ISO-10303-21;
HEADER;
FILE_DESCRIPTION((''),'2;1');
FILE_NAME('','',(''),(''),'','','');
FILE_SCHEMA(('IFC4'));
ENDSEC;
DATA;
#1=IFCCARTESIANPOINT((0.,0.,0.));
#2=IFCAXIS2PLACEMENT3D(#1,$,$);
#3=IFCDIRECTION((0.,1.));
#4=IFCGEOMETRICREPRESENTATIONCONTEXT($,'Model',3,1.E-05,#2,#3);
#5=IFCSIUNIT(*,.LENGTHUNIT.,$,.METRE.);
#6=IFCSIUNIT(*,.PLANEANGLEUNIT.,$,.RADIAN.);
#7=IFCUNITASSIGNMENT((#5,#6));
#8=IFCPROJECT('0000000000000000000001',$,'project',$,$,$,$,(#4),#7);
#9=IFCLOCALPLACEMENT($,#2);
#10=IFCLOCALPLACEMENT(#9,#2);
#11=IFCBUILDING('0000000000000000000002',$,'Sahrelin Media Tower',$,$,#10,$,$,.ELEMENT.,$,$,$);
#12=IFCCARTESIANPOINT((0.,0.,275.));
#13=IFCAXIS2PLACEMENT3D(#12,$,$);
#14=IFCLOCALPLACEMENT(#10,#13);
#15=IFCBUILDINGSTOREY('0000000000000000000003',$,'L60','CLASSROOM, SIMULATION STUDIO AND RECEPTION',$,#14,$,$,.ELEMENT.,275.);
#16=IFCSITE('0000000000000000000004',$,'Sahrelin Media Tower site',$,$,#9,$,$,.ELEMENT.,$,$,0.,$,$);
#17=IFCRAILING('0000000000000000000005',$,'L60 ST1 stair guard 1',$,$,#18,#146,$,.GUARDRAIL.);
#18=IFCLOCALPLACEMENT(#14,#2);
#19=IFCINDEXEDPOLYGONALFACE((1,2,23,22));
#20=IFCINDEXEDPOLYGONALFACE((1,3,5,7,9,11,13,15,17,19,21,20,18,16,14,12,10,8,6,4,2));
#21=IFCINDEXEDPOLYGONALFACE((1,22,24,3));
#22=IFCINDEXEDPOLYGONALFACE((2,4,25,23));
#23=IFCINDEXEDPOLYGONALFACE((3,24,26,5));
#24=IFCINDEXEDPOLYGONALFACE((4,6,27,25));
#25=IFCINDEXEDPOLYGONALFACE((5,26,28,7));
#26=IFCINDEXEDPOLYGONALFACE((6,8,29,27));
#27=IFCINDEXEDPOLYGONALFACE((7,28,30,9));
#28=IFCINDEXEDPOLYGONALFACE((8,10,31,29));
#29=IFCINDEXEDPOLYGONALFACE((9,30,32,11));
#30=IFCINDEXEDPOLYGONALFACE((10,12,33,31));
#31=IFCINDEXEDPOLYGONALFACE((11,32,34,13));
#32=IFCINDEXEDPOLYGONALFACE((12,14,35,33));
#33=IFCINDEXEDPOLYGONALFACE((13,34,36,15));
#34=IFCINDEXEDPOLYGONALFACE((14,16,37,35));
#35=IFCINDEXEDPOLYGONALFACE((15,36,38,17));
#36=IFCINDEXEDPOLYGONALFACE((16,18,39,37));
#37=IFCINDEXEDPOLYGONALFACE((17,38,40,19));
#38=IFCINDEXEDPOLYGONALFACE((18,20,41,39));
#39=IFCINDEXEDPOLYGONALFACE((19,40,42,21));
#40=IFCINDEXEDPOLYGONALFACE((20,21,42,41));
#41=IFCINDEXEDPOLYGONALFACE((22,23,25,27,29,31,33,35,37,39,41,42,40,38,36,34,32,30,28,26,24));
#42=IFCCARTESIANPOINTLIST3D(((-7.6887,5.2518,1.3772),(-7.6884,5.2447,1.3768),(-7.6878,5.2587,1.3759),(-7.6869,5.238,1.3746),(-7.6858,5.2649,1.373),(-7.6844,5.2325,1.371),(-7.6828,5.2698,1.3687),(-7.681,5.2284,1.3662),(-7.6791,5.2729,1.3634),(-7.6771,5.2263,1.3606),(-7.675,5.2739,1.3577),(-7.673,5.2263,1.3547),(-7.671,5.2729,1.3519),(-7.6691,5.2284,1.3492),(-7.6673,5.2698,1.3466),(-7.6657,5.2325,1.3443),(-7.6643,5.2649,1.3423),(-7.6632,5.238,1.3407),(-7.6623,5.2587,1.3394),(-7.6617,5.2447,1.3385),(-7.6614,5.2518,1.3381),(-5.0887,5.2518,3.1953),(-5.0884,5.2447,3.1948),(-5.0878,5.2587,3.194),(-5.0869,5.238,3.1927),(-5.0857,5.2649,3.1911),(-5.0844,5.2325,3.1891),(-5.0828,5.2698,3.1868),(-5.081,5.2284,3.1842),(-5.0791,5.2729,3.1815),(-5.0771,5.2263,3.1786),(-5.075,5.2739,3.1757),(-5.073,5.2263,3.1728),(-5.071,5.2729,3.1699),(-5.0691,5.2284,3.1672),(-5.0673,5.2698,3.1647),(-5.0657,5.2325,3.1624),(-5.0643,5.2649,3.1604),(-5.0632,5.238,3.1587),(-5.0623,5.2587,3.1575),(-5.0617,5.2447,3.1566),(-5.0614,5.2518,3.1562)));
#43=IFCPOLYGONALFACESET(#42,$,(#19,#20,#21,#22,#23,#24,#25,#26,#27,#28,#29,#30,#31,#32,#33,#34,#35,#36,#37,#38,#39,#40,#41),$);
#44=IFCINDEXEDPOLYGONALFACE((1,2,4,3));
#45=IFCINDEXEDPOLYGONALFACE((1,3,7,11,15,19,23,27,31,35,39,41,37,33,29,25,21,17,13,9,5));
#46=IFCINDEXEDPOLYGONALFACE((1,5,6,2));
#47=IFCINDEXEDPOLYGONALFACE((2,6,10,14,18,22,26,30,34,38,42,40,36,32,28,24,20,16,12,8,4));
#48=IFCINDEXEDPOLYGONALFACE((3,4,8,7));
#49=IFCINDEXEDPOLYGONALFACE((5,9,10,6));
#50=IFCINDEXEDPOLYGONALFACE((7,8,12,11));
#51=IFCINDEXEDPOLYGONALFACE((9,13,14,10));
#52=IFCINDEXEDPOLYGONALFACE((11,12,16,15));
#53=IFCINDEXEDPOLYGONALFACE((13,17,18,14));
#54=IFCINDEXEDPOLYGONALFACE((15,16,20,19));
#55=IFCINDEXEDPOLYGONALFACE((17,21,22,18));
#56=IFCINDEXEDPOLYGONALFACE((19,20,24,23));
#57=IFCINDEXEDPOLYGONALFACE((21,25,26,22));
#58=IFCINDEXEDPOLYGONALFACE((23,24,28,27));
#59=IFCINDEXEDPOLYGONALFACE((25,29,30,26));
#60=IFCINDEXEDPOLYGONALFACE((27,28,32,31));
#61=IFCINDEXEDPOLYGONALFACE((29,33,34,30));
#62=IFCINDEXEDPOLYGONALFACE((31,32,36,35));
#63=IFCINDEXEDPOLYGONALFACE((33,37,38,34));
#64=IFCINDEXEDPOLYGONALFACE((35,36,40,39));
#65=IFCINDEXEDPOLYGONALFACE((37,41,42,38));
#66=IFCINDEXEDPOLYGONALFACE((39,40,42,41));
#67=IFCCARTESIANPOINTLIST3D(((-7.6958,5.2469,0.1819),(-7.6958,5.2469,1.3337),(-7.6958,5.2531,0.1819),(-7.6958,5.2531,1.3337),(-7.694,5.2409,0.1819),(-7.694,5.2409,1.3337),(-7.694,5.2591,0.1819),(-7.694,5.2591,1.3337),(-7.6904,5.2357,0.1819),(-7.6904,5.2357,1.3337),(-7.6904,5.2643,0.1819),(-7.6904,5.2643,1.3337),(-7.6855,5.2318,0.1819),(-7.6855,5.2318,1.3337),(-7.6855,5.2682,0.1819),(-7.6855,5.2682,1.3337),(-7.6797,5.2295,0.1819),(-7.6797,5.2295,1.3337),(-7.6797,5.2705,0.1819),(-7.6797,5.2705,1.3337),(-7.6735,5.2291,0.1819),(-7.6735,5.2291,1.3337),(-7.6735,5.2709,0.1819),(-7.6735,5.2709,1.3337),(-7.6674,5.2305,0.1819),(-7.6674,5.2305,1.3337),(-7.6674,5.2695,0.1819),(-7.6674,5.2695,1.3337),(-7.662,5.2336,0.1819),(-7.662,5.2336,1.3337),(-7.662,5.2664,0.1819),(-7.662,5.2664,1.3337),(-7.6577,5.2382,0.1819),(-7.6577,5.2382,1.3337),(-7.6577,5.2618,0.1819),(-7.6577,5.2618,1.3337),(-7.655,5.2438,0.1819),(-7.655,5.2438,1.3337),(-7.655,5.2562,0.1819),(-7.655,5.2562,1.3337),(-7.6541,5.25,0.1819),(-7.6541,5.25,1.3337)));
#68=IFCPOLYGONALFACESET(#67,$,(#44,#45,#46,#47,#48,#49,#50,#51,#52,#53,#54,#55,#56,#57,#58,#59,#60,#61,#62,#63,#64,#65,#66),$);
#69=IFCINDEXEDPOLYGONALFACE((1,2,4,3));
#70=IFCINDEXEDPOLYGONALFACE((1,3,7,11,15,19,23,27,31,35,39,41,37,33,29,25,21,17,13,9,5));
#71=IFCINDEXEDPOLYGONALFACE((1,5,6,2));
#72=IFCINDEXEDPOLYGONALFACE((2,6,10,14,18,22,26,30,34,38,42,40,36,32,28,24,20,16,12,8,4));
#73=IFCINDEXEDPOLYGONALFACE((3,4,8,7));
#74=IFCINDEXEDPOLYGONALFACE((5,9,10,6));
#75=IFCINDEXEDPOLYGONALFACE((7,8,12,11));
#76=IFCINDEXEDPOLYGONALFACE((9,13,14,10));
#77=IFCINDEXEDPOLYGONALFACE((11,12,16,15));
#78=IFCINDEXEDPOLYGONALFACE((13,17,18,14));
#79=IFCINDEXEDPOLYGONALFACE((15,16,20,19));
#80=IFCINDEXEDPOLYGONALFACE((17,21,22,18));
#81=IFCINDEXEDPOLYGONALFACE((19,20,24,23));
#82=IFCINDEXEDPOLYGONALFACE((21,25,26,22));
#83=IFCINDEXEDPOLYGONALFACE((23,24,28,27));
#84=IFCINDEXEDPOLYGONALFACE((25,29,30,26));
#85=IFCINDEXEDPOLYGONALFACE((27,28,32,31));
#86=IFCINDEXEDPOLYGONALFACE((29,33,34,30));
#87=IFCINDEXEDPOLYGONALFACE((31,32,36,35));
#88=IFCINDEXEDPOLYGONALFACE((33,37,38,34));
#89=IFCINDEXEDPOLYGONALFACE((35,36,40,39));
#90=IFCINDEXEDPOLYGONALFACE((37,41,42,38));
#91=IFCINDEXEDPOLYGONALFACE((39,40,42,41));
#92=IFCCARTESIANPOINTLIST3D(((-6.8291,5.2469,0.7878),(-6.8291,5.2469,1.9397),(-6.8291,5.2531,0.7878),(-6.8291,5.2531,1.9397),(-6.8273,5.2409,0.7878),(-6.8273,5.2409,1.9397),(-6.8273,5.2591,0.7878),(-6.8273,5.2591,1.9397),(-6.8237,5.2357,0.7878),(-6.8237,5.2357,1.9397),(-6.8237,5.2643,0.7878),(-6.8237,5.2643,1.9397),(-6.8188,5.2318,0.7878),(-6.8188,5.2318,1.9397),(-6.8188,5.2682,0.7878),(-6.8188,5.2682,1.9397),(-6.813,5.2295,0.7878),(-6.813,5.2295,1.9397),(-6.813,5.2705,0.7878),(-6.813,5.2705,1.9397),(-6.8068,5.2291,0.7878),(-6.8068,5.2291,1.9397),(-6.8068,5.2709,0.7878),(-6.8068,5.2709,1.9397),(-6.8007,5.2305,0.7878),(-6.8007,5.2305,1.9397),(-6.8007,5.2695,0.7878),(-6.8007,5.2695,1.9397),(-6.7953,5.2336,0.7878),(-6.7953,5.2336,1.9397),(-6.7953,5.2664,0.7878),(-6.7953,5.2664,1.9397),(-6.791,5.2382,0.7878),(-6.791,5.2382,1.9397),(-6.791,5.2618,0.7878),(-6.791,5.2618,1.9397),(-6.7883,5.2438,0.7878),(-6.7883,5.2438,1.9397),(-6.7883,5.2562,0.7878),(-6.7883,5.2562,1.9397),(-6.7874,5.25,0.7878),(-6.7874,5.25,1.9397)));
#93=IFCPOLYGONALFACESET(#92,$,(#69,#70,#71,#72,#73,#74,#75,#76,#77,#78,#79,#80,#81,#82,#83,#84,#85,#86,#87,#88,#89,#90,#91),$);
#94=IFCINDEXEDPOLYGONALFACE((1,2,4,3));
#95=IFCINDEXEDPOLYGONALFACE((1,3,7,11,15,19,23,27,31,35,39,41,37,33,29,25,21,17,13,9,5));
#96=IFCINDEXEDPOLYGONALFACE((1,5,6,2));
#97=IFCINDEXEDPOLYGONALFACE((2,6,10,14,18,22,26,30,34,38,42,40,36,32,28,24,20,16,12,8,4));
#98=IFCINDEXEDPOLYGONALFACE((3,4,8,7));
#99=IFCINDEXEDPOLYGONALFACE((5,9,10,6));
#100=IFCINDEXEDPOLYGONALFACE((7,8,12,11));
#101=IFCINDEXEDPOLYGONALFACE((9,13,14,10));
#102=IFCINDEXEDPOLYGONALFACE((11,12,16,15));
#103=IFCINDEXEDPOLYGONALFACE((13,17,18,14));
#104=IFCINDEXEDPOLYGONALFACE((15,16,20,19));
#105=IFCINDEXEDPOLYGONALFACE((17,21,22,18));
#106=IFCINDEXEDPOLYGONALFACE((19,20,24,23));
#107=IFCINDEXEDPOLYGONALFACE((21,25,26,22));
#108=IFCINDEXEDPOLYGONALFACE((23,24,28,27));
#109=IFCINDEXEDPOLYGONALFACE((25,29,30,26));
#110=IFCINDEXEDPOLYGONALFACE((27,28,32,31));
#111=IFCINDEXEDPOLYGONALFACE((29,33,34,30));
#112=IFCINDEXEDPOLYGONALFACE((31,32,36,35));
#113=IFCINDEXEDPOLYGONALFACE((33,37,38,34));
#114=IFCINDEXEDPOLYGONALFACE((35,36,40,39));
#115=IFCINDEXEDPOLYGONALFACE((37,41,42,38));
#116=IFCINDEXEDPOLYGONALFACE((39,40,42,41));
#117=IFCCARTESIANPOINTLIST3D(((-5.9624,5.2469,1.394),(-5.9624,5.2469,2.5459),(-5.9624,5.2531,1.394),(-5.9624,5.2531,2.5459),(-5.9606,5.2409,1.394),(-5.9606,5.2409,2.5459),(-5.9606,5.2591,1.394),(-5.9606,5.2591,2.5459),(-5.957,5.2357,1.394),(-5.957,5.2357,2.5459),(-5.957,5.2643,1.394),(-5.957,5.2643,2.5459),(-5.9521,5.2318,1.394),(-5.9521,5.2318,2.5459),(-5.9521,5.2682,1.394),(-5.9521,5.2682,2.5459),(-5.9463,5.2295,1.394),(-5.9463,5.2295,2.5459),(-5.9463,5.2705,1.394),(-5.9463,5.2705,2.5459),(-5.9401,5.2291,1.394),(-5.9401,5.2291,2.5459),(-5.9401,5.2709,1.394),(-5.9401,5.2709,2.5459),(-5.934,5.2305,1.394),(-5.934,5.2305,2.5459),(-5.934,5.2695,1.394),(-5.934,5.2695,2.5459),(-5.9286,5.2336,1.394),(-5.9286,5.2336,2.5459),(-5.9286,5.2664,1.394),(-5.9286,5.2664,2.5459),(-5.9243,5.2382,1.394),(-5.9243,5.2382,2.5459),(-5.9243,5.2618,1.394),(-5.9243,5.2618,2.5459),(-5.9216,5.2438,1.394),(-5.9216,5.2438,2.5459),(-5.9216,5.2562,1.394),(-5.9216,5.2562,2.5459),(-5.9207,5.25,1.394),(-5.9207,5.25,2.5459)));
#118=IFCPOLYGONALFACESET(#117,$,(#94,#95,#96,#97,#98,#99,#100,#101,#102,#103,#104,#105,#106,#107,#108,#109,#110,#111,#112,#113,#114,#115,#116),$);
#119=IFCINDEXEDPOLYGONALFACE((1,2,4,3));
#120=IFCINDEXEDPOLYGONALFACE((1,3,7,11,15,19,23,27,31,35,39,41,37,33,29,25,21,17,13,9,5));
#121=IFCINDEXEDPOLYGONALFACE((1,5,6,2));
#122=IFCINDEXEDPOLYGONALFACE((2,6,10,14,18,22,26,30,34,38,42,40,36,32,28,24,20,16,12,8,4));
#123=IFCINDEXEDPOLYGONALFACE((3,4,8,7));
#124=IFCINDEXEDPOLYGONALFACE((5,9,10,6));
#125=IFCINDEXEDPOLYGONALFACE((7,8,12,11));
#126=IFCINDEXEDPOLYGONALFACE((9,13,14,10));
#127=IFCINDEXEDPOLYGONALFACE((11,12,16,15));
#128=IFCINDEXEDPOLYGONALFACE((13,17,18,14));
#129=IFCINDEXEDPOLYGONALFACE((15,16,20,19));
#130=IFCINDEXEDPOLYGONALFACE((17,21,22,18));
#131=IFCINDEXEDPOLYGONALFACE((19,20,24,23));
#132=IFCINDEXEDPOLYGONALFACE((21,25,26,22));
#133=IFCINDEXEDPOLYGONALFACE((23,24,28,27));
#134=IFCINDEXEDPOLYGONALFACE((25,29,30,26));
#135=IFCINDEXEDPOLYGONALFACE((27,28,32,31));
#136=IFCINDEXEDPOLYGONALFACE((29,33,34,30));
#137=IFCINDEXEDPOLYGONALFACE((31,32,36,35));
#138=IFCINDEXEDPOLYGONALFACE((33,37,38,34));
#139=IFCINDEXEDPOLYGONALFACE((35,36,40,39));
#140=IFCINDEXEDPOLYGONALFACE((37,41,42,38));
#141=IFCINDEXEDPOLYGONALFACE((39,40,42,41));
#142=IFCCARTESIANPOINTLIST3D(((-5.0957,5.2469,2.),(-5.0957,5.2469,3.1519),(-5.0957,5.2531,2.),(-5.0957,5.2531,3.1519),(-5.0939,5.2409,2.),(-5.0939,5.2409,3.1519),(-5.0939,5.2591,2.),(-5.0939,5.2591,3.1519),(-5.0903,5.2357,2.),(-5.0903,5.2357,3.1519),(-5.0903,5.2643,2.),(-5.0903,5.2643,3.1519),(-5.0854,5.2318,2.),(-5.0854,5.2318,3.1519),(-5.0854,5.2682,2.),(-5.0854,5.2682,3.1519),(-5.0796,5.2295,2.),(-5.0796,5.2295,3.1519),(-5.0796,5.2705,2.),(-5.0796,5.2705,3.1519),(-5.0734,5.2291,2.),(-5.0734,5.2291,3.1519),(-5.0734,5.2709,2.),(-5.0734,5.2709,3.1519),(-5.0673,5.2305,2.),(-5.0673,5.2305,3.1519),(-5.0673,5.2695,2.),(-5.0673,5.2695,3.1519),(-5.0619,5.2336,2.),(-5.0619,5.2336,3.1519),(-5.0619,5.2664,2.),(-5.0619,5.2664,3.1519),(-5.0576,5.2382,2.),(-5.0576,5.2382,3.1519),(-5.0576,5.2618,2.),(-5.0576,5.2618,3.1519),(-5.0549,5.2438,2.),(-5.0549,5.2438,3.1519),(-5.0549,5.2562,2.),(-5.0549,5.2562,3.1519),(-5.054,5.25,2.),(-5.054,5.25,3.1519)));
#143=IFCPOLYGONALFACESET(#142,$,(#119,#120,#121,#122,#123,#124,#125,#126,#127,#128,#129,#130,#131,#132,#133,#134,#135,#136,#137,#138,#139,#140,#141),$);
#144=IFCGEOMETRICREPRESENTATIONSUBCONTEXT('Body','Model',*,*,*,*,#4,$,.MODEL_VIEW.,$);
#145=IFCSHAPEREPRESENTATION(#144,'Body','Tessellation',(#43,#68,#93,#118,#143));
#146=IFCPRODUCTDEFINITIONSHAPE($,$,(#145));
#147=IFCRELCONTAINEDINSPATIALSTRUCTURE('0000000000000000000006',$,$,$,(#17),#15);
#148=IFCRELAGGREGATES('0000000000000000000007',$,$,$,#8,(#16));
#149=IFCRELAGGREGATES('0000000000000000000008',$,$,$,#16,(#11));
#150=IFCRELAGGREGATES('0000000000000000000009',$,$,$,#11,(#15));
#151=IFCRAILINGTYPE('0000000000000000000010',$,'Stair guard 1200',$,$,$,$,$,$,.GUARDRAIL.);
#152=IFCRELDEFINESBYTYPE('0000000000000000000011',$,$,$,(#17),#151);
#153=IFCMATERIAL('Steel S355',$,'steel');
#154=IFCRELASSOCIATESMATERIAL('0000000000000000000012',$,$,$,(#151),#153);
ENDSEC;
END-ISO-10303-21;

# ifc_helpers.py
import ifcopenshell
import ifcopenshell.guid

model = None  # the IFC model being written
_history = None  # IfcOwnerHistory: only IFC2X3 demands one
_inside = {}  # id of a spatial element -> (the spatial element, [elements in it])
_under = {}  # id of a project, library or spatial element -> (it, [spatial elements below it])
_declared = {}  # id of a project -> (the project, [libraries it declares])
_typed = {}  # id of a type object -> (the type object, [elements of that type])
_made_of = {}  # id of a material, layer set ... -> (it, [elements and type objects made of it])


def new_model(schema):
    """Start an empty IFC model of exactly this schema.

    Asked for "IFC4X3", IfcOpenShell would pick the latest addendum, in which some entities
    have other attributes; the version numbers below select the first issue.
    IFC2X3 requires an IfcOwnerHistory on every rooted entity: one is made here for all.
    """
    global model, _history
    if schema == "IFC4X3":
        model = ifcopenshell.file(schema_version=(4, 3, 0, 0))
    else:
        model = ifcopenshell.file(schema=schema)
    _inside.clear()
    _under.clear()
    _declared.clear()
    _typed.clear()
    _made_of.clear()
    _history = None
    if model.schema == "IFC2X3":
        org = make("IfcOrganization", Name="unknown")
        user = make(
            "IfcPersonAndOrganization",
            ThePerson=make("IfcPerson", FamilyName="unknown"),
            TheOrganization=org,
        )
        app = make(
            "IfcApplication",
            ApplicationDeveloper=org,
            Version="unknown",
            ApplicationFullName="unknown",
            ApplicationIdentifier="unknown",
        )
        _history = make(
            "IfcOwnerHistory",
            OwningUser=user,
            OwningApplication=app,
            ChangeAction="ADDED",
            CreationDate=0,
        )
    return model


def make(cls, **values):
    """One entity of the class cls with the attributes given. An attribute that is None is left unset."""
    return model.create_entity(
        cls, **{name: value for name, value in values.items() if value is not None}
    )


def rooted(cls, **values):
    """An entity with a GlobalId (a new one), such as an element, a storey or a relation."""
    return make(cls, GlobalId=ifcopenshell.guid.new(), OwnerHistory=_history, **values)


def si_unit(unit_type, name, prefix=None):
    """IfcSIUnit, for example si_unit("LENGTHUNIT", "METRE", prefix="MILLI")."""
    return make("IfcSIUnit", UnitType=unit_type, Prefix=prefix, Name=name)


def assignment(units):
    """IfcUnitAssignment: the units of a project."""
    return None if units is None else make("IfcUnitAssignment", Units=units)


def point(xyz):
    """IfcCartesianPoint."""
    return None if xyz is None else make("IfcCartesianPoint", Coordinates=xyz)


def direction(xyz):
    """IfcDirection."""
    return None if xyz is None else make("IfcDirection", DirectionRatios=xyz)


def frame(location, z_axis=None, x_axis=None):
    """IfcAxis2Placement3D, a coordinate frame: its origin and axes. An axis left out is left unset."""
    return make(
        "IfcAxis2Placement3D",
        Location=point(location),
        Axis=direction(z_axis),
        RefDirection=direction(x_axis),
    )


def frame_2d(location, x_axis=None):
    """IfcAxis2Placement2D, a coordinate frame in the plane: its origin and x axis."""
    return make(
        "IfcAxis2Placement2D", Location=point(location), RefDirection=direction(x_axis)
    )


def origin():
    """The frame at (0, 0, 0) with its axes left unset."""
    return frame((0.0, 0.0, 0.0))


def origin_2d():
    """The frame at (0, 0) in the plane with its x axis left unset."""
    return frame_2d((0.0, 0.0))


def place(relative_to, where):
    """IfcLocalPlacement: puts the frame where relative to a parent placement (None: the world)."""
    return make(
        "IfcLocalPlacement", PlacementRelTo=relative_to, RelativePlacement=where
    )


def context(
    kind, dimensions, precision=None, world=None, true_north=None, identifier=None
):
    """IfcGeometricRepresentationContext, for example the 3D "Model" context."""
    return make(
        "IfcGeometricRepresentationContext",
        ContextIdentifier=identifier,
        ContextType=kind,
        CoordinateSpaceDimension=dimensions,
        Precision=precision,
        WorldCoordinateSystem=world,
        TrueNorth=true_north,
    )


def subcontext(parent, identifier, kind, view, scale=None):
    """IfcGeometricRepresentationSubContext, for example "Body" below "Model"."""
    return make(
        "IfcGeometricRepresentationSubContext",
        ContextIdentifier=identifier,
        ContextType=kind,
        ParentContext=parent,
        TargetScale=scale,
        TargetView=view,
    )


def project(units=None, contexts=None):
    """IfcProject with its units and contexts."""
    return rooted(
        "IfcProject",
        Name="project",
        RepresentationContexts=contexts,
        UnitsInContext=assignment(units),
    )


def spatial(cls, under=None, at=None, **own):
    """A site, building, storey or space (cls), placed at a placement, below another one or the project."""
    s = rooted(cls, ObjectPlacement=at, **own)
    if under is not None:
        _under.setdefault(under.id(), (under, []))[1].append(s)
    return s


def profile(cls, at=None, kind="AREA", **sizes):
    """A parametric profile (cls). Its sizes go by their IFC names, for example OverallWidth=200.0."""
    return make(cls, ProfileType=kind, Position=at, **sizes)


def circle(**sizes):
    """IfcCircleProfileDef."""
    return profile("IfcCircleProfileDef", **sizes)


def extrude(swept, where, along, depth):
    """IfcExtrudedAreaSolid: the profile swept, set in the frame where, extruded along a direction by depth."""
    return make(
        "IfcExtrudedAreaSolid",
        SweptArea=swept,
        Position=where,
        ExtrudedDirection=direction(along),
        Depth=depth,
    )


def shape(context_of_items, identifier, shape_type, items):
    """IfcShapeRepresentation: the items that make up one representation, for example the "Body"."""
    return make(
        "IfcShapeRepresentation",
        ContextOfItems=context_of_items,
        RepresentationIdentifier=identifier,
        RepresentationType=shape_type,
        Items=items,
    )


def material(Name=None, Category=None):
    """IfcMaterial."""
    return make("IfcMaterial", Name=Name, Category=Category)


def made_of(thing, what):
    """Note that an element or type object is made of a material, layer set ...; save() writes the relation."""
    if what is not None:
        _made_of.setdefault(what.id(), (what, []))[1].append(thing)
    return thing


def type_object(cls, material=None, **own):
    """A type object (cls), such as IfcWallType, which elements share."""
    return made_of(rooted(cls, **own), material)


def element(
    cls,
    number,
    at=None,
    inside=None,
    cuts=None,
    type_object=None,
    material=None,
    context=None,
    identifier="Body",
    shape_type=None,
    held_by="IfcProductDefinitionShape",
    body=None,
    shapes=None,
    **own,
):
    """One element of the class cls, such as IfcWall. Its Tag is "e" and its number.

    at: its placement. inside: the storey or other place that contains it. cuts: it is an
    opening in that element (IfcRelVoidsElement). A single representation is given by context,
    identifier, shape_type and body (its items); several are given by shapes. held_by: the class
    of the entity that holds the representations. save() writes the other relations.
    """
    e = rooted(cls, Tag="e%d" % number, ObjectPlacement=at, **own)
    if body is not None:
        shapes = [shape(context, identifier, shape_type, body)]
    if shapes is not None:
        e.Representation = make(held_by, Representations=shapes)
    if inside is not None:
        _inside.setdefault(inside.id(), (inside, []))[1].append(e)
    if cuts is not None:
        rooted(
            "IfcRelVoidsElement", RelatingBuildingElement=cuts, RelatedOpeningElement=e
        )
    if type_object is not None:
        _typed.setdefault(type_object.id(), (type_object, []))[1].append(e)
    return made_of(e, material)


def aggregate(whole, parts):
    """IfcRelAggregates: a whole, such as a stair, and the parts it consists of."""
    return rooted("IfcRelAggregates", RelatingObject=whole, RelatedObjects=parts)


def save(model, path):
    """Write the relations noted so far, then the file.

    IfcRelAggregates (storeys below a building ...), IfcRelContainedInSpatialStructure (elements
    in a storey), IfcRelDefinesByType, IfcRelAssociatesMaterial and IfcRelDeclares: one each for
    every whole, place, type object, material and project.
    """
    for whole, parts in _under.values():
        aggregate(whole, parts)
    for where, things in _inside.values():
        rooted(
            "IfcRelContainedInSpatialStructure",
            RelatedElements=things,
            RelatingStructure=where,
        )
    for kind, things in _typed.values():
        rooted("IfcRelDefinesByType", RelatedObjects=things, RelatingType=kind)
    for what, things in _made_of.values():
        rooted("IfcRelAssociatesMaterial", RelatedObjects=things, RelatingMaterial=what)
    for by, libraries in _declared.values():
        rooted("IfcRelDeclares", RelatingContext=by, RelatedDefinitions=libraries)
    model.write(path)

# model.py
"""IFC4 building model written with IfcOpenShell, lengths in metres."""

from ifc_helpers import new_model, si_unit, direction, frame, origin, origin_2d, place, context, subcontext, project, spatial, circle, extrude, material, type_object, element, save


model = new_model("IFC4")

# Units and contexts
model_context = context("Model", 3, precision=1e-05, world=origin(), true_north=direction((0.0, 1.0)))
body_context = subcontext(model_context, "Body", "Model", "MODEL_VIEW")
ifc_project = project(units=[si_unit("LENGTHUNIT", "METRE"), si_unit("PLANEANGLEUNIT", "RADIAN")], contexts=[model_context])

# Site, building, storey
site_placement = place(None, origin())
site = spatial("IfcSite", under=ifc_project, at=site_placement, Name="Sahrelin Media Tower site", CompositionType="ELEMENT", RefElevation=0.0)
building_placement = place(site_placement, origin())
building = spatial("IfcBuilding", under=site, at=building_placement, Name="Sahrelin Media Tower", CompositionType="ELEMENT")
storey_placement = place(building_placement, frame((0.0, 0.0, 275.0)))
storey = spatial("IfcBuildingStorey", under=building, at=storey_placement, Name="L60", Description="CLASSROOM, SIMULATION STUDIO AND RECEPTION", CompositionType="ELEMENT", Elevation=275.0)

# Shared definitions
ifc_material_1 = material(Name="Steel S355", Category="steel")

# Railing
railing_type_1 = type_object("IfcRailingType", Name="Stair guard 1200", PredefinedType="GUARDRAIL", material=ifc_material_1)
railing_1_placement = place(storey_placement, frame((-7.675, 5.25, 0.1819)))
element("IfcRailing", 1, at=railing_1_placement, inside=storey, type_object=railing_type_1, Name="L60 ST1 stair guard 1", PredefinedType="GUARDRAIL", context=body_context, shape_type="SweptSolid", body=[
    extrude(circle(Radius=0.0239, at=origin_2d()), frame((0.0, 0.0, 1.1758), z_axis=(0.819521, 0.0, 0.573049), x_axis=(0.0, 1.0, 0.0)), (0.0, 0.0, 1.0), 3.1726),
    extrude(circle(Radius=0.021, at=origin_2d()), origin(), (0.0, 0.0, 1.0), 1.1519),
    extrude(circle(Radius=0.021, at=origin_2d()), frame((0.8667, 0.0, 0.606)), (0.0, 0.0, 1.0), 1.1519),
    extrude(circle(Radius=0.021, at=origin_2d()), frame((1.7334, 0.0, 1.2122)), (0.0, 0.0, 1.0), 1.1519),
    extrude(circle(Radius=0.021, at=origin_2d()), frame((2.6001, 0.0, 1.8181)), (0.0, 0.0, 1.0), 1.1519),
])

save(model, "model.ifc")
